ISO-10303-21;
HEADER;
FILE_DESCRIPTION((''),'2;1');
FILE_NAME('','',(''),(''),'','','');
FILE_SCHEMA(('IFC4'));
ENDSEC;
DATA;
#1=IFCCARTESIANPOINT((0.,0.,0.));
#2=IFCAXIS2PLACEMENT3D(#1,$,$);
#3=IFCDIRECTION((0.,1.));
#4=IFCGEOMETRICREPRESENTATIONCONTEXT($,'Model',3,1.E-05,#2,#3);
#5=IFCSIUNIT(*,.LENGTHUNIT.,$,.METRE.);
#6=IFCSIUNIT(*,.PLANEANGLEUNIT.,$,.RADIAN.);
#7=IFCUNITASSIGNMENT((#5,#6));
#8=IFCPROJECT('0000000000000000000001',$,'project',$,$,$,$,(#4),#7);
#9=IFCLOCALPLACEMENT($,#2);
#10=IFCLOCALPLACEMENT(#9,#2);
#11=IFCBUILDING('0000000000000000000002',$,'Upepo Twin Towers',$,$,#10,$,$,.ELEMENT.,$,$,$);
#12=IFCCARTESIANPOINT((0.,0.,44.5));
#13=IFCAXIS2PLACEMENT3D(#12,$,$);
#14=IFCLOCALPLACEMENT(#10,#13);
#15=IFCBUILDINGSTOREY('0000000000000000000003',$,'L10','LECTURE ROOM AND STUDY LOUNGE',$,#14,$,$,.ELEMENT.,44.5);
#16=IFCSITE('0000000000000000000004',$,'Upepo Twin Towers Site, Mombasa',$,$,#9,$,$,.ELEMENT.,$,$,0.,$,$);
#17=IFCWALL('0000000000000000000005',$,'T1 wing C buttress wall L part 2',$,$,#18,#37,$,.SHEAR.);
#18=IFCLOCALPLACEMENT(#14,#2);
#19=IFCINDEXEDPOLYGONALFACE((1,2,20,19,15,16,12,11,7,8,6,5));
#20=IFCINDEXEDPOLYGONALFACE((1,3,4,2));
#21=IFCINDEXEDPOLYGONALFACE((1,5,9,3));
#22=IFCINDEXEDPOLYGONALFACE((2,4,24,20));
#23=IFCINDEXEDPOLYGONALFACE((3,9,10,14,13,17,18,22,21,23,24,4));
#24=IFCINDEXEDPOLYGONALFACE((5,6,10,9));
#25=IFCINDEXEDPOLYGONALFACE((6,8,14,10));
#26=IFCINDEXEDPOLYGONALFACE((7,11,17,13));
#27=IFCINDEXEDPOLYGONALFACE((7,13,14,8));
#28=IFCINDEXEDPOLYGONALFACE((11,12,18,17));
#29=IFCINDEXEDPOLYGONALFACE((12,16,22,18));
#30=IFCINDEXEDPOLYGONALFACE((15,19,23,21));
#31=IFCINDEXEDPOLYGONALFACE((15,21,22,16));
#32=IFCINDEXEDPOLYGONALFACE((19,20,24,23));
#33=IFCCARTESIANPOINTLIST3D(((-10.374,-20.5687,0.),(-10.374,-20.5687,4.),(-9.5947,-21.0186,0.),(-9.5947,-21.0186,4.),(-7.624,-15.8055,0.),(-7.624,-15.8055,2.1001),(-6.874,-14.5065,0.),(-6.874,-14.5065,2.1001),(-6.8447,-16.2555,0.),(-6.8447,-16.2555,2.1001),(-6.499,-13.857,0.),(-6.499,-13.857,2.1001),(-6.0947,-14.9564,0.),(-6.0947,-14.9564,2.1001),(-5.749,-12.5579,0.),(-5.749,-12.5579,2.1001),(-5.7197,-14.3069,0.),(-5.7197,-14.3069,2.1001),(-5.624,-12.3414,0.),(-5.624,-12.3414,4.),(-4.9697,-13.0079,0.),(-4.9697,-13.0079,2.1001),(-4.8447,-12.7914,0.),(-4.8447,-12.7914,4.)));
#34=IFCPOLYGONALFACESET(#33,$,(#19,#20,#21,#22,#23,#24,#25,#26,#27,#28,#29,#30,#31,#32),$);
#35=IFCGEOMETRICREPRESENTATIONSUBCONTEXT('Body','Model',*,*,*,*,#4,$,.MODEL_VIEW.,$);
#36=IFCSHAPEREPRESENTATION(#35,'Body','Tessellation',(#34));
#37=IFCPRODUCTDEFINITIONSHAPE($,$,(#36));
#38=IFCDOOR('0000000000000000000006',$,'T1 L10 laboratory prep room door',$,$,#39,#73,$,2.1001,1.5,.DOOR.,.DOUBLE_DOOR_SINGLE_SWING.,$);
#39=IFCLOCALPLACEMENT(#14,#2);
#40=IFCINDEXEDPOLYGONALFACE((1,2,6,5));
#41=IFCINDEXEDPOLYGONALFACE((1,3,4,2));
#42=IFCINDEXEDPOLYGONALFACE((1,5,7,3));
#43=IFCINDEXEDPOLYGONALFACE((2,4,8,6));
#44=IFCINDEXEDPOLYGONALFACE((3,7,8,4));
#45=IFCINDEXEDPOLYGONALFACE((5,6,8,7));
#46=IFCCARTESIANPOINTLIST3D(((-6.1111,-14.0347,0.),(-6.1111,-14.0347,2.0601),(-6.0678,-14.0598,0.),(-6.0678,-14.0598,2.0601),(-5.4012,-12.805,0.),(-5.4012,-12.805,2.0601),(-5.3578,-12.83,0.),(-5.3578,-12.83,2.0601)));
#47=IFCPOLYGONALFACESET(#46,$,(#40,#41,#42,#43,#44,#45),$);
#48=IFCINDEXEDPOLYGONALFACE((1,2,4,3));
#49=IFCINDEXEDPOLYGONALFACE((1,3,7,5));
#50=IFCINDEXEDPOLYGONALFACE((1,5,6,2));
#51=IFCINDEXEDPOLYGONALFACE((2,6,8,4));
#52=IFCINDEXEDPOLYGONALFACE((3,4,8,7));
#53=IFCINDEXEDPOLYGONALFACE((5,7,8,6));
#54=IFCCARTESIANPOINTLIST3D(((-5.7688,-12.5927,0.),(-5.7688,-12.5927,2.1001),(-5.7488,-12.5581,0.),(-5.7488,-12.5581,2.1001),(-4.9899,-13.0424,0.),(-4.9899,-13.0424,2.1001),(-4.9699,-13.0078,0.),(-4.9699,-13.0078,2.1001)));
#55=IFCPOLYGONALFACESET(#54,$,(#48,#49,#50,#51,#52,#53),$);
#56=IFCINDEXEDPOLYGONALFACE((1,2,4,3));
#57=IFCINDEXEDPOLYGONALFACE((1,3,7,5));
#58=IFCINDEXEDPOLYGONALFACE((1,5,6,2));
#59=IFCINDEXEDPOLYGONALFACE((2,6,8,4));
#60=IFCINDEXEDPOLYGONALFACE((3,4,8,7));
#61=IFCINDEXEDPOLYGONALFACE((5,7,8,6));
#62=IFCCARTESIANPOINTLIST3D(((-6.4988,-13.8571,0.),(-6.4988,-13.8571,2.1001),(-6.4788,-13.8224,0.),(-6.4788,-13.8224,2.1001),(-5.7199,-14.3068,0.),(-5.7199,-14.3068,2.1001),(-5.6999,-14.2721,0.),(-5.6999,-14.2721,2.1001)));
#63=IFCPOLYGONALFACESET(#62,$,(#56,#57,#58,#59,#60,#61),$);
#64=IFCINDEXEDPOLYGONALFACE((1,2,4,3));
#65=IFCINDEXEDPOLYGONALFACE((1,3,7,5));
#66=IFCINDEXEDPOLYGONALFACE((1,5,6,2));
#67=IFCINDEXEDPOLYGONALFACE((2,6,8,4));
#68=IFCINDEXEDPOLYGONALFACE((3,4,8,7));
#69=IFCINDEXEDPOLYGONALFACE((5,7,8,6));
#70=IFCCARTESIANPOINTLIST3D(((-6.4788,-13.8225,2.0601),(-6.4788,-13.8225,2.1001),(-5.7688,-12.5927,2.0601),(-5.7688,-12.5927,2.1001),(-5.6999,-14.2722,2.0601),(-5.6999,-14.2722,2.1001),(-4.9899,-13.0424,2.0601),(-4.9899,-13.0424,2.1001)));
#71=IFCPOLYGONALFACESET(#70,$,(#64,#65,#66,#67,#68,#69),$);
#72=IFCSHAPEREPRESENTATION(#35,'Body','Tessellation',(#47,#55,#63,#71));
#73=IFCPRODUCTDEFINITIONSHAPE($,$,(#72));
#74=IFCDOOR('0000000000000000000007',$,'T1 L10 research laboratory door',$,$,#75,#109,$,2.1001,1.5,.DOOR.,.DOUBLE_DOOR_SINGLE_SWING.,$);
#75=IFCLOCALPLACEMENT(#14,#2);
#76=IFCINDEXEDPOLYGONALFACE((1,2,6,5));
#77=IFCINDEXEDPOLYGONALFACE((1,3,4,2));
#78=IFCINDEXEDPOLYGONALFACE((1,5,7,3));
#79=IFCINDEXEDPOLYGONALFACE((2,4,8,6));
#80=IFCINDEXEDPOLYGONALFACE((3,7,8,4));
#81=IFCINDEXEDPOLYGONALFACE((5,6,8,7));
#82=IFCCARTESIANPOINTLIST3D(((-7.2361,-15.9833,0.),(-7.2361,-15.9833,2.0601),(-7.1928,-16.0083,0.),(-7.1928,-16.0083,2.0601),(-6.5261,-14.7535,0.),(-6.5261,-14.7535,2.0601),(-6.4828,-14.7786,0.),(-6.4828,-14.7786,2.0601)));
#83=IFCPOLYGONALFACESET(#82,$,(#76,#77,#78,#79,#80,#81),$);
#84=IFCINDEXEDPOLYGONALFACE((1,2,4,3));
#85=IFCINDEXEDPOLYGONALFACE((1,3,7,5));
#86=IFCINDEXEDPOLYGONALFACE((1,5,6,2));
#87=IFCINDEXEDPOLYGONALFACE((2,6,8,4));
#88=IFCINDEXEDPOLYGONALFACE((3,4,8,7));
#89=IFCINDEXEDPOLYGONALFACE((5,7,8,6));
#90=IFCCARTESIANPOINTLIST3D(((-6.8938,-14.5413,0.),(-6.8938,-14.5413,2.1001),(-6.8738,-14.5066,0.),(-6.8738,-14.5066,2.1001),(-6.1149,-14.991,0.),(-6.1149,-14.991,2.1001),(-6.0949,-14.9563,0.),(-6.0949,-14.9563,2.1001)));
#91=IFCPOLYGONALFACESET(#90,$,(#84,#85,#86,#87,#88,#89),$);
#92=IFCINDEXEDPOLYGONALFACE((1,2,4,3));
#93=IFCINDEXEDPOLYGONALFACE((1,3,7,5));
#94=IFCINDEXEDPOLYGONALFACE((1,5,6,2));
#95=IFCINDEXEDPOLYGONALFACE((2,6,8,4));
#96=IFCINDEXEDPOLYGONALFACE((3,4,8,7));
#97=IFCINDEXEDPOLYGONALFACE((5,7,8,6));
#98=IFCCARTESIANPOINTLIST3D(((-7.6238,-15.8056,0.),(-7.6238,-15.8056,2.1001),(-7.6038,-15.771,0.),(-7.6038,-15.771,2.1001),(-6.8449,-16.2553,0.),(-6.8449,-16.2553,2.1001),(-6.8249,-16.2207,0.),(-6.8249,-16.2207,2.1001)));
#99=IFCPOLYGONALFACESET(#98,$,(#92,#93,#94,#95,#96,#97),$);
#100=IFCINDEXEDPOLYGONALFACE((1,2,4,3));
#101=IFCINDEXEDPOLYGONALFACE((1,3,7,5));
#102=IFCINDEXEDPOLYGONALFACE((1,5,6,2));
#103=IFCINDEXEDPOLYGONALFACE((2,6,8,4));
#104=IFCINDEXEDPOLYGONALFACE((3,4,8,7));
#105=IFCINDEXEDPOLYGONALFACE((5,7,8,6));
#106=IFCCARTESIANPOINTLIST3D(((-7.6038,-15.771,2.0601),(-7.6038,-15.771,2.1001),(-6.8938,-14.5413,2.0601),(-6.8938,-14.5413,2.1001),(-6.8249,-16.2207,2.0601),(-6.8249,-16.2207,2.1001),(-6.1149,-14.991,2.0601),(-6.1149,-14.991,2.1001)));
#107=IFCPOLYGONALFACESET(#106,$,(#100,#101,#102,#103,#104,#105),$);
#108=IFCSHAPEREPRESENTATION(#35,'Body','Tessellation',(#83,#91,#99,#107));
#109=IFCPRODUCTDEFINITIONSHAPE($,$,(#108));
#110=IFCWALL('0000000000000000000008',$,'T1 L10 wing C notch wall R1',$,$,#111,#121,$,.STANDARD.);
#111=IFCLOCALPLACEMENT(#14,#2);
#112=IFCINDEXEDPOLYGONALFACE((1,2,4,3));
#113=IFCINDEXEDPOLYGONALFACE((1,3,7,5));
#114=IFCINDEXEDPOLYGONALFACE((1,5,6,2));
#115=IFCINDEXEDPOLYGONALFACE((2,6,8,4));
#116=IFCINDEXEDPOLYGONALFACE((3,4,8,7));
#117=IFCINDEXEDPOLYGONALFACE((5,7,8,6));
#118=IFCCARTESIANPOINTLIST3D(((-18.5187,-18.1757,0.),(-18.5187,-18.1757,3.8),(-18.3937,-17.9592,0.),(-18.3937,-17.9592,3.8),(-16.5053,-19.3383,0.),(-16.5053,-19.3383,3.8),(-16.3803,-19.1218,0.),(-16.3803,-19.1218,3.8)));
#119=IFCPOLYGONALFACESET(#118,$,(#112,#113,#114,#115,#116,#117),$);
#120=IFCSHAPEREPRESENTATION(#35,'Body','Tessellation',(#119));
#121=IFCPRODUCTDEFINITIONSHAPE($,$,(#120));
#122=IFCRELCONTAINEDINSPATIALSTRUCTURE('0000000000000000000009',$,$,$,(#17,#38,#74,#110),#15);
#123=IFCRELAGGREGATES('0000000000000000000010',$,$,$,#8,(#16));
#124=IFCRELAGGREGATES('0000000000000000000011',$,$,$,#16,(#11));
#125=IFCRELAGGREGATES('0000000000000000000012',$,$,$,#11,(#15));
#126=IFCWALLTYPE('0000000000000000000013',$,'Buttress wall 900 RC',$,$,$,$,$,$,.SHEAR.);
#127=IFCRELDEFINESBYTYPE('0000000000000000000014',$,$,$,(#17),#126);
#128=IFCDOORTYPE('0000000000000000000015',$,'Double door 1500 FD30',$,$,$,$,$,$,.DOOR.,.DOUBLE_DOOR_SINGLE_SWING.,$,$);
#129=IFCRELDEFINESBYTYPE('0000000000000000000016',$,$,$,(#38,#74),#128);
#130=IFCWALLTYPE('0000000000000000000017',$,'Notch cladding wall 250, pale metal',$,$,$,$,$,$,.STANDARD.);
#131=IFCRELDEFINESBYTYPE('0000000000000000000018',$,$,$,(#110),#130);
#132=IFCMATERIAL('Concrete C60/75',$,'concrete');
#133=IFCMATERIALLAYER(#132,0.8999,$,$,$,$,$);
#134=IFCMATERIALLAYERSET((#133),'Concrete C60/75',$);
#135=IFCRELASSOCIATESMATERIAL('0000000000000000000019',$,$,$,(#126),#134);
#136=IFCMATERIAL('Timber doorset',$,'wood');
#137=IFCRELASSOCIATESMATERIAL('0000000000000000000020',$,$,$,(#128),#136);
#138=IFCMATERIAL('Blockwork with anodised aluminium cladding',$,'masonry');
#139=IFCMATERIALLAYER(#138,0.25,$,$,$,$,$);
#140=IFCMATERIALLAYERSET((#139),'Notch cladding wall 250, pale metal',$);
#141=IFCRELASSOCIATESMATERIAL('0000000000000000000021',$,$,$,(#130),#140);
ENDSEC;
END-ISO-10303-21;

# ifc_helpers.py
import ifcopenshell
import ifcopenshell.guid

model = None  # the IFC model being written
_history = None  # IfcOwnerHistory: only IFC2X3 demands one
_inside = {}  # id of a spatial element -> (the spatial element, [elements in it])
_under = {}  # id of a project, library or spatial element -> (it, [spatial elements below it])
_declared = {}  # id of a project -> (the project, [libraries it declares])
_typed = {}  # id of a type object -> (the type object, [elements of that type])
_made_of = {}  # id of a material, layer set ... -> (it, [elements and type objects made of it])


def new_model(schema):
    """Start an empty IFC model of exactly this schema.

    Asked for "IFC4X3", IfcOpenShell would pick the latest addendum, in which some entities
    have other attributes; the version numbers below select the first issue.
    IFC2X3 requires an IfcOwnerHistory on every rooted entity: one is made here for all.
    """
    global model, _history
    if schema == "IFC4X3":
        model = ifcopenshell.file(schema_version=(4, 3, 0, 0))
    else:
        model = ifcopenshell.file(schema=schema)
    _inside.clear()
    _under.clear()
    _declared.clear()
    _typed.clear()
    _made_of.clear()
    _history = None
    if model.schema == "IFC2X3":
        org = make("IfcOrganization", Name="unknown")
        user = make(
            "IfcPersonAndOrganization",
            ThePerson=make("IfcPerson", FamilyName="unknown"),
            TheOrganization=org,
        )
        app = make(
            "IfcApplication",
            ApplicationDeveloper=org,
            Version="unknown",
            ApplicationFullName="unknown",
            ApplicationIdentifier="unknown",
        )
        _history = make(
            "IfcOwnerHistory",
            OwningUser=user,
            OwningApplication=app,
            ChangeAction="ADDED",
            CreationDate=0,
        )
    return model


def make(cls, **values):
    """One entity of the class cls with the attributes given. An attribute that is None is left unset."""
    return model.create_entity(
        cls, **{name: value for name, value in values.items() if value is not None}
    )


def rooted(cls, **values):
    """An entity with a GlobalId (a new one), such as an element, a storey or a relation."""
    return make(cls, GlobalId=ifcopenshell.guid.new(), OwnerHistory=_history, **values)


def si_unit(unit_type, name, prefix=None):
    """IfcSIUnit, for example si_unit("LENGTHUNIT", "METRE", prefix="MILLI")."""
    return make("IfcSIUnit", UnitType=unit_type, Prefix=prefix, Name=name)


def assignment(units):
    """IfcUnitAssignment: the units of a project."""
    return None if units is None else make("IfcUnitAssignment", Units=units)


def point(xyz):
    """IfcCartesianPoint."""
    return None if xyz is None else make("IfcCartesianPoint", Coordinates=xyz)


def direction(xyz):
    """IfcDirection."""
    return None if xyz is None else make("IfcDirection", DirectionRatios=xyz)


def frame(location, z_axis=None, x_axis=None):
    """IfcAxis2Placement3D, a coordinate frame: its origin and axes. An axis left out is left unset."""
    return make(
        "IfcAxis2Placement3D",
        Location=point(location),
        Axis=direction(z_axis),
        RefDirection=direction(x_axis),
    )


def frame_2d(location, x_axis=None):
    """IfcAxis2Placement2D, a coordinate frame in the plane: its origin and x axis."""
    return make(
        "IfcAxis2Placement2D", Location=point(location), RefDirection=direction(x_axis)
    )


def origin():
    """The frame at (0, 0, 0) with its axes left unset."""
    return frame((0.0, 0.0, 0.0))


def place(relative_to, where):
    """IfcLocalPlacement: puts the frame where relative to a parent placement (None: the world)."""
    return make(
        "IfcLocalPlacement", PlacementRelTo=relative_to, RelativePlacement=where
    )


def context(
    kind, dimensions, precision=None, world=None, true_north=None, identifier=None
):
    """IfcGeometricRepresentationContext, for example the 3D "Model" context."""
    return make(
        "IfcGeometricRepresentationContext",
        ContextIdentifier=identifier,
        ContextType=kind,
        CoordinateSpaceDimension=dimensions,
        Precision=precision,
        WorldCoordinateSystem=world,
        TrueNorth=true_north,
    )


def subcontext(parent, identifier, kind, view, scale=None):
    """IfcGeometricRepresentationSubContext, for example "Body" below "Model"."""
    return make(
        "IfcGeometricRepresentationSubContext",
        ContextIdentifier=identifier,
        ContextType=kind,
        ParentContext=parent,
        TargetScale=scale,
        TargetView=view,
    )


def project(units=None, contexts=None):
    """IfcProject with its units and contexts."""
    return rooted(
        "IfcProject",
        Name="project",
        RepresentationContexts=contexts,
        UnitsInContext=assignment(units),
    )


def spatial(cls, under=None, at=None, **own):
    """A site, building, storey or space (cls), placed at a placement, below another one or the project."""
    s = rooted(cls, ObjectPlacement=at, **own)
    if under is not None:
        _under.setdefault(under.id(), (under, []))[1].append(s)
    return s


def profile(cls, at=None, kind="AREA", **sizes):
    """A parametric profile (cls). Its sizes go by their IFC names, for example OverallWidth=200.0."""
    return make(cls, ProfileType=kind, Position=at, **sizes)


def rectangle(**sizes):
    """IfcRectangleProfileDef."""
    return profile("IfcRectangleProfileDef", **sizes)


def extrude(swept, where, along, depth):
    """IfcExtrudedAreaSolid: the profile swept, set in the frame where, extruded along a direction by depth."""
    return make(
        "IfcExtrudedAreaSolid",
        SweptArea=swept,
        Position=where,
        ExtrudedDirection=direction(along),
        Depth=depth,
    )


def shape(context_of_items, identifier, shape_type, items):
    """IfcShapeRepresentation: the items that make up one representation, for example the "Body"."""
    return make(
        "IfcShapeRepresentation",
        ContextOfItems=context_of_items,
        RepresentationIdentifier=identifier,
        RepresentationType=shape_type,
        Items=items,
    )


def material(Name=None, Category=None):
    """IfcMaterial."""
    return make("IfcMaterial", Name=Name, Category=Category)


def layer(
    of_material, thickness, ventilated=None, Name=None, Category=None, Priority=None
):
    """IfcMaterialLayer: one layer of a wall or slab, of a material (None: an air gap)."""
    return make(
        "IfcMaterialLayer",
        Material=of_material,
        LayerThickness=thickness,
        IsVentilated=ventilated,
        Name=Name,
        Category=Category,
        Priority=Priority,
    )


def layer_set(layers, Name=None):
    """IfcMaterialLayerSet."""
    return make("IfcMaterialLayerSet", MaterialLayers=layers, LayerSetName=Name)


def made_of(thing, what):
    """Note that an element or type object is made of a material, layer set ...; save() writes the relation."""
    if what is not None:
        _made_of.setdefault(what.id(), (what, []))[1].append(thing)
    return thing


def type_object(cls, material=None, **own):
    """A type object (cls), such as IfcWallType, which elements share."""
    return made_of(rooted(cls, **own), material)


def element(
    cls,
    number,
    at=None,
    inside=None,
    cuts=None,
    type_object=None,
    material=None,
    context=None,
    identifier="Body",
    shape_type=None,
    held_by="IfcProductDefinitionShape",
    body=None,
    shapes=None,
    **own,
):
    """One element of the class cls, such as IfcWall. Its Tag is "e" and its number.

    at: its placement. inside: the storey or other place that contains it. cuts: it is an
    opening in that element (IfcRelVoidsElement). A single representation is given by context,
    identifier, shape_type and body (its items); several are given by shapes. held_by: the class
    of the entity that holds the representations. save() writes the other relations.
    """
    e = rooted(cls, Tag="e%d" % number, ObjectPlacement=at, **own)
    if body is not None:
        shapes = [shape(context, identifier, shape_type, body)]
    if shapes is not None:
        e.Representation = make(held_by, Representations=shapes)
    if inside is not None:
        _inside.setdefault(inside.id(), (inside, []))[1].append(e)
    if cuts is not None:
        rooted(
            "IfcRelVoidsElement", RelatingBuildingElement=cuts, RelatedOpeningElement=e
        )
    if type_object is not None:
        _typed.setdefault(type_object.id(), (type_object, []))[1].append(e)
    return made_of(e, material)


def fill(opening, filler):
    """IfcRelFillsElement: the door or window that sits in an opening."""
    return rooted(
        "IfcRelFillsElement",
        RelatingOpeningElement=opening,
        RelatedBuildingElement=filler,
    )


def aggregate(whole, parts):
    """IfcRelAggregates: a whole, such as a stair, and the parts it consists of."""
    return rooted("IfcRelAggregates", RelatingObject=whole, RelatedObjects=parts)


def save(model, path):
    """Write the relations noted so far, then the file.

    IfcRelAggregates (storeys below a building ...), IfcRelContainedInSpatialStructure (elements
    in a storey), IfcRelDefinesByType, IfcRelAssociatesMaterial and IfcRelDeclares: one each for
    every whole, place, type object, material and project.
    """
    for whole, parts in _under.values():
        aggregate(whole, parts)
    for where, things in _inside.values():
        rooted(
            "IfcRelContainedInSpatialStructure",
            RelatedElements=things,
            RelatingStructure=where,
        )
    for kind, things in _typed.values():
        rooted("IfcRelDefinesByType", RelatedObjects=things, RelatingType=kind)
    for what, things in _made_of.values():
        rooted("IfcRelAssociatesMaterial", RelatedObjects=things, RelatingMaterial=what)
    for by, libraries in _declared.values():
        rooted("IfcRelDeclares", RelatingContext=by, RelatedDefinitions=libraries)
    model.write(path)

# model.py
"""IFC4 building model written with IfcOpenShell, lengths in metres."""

from ifc_helpers import new_model, si_unit, direction, frame, frame_2d, origin, place, context, subcontext, project, spatial, rectangle, extrude, material, layer, layer_set, type_object, element, fill, save


model = new_model("IFC4")

# Units and contexts
model_context = context("Model", 3, precision=1e-05, world=origin(), true_north=direction((0.0, 1.0)))
body_context = subcontext(model_context, "Body", "Model", "MODEL_VIEW")
ifc_project = project(units=[si_unit("LENGTHUNIT", "METRE"), si_unit("PLANEANGLEUNIT", "RADIAN")], contexts=[model_context])

# Site, building, storey
site_placement = place(None, origin())
site = spatial("IfcSite", under=ifc_project, at=site_placement, Name="Upepo Twin Towers Site, Mombasa", CompositionType="ELEMENT", RefElevation=0.0)
building_placement = place(site_placement, origin())
building = spatial("IfcBuilding", under=site, at=building_placement, Name="Upepo Twin Towers", CompositionType="ELEMENT")
storey_placement = place(building_placement, frame((0.0, 0.0, 44.5)))
storey = spatial("IfcBuildingStorey", under=building, at=storey_placement, Name="L10", Description="LECTURE ROOM AND STUDY LOUNGE", CompositionType="ELEMENT", Elevation=44.5)

# Wall, openings, doors
ifc_material_1 = material(Name="Concrete C60/75", Category="concrete")
ifc_layer_1 = layer(ifc_material_1, 0.8999)
ifc_layer_set_1 = layer_set([ifc_layer_1], Name="Concrete C60/75")
wall_type_1 = type_object("IfcWallType", Name="Buttress wall 900 RC", PredefinedType="SHEAR", material=ifc_layer_set_1)
wall_1_placement = place(storey_placement, frame((-5.2344, -12.5664, 0.0), z_axis=(0.0, 0.0, 1.0), x_axis=(-0.499998, -0.866027, 0.0)))
wall_1 = element("IfcWall", 1, at=wall_1_placement, inside=storey, type_object=wall_type_1, Name="T1 wing C buttress wall L part 2", PredefinedType="SHEAR", context=body_context, shape_type="SweptSolid", body=[
    extrude(rectangle(XDim=9.5, YDim=0.8999, at=frame_2d((4.75, 0.0))), origin(), (0.0, 0.0, 1.0), 4.0),
])
opening_1_placement = place(wall_1_placement, frame((0.25, 0.0, 0.0)))
opening_1 = element("IfcOpeningElement", 2, at=opening_1_placement, cuts=wall_1, PredefinedType="OPENING", context=body_context, shape_type="SweptSolid", body=[
    extrude(rectangle(XDim=1.5, YDim=2.1001, at=frame_2d((0.75, 1.05))), frame((0.0, 0.46, 0.0), z_axis=(0.0, -1.0, 0.0), x_axis=(1.0, 0.0, 0.0)), (0.0, 0.0, 1.0), 0.9199),
])
opening_2_placement = place(wall_1_placement, frame((2.5, 0.0, 0.0)))
opening_2 = element("IfcOpeningElement", 3, at=opening_2_placement, cuts=wall_1, PredefinedType="OPENING", context=body_context, shape_type="SweptSolid", body=[
    extrude(rectangle(XDim=1.5, YDim=2.1001, at=frame_2d((0.75, 1.05))), frame((0.0, 0.46, 0.0), z_axis=(0.0, -1.0, 0.0), x_axis=(1.0, 0.0, 0.0)), (0.0, 0.0, 1.0), 0.9199),
])
ifc_material_2 = material(Name="Timber doorset", Category="wood")
door_type = type_object("IfcDoorType", Name="Double door 1500 FD30", OperationType="DOUBLE_DOOR_SINGLE_SWING", PredefinedType="DOOR", material=ifc_material_2)
door_1_placement = place(opening_1_placement, origin())
door_1 = element("IfcDoor", 4, at=door_1_placement, inside=storey, type_object=door_type, Name="T1 L10 laboratory prep room door", OperationType="DOUBLE_DOOR_SINGLE_SWING", OverallHeight=2.1001, OverallWidth=1.5, PredefinedType="DOOR", context=body_context, shape_type="SweptSolid", body=[
    extrude(rectangle(XDim=1.42, YDim=2.0601, at=frame_2d((0.75, 1.03))), frame((0.0, 0.0249, 0.0), z_axis=(0.0, -1.0, 0.0), x_axis=(1.0, 0.0, 0.0)), (0.0, 0.0, 1.0), 0.05),
    extrude(rectangle(XDim=0.04, YDim=2.1001, at=frame_2d((0.02, 1.05))), frame((0.0, 0.4497, 0.0), z_axis=(0.0, -1.0, 0.0), x_axis=(1.0, 0.0, 0.0)), (0.0, 0.0, 1.0), 0.8994),
    extrude(rectangle(XDim=0.04, YDim=2.1001, at=frame_2d((1.48, 1.05))), frame((0.0, 0.4497, 0.0), z_axis=(0.0, -1.0, 0.0), x_axis=(1.0, 0.0, 0.0)), (0.0, 0.0, 1.0), 0.8994),
    extrude(rectangle(XDim=1.42, YDim=0.04, at=frame_2d((0.75, 2.0801))), frame((0.0, 0.4497, 0.0), z_axis=(0.0, -1.0, 0.0), x_axis=(1.0, 0.0, 0.0)), (0.0, 0.0, 1.0), 0.8994),
])
fill(opening_1, door_1)
door_2_placement = place(opening_2_placement, origin())
door_2 = element("IfcDoor", 5, at=door_2_placement, inside=storey, type_object=door_type, Name="T1 L10 research laboratory door", OperationType="DOUBLE_DOOR_SINGLE_SWING", OverallHeight=2.1001, OverallWidth=1.5, PredefinedType="DOOR", context=body_context, shape_type="SweptSolid", body=[
    extrude(rectangle(XDim=1.42, YDim=2.0601, at=frame_2d((0.75, 1.03))), frame((0.0, 0.0249, 0.0), z_axis=(0.0, -1.0, 0.0), x_axis=(1.0, 0.0, 0.0)), (0.0, 0.0, 1.0), 0.05),
    extrude(rectangle(XDim=0.04, YDim=2.1001, at=frame_2d((0.02, 1.05))), frame((0.0, 0.4497, 0.0), z_axis=(0.0, -1.0, 0.0), x_axis=(1.0, 0.0, 0.0)), (0.0, 0.0, 1.0), 0.8994),
    extrude(rectangle(XDim=0.04, YDim=2.1001, at=frame_2d((1.48, 1.05))), frame((0.0, 0.4497, 0.0), z_axis=(0.0, -1.0, 0.0), x_axis=(1.0, 0.0, 0.0)), (0.0, 0.0, 1.0), 0.8994),
    extrude(rectangle(XDim=1.42, YDim=0.04, at=frame_2d((0.75, 2.0801))), frame((0.0, 0.4497, 0.0), z_axis=(0.0, -1.0, 0.0), x_axis=(1.0, 0.0, 0.0)), (0.0, 0.0, 1.0), 0.8994),
])
fill(opening_2, door_2)

# Wall
ifc_material_3 = material(Name="Blockwork with anodised aluminium cladding", Category="masonry")
ifc_layer_2 = layer(ifc_material_3, 0.25)
ifc_layer_set_2 = layer_set([ifc_layer_2], Name="Notch cladding wall 250, pale metal")
wall_type_2 = type_object("IfcWallType", Name="Notch cladding wall 250, pale metal", PredefinedType="STANDARD", material=ifc_layer_set_2)
wall_2_placement = place(storey_placement, frame((-18.4563, -18.0674, 0.0), z_axis=(0.0, 0.0, 1.0), x_axis=(0.865998, -0.500047, 0.0)))
element("IfcWall", 6, at=wall_2_placement, inside=storey, type_object=wall_type_2, Name="T1 L10 wing C notch wall R1", PredefinedType="STANDARD", context=body_context, shape_type="SweptSolid", body=[
    extrude(rectangle(XDim=2.325, YDim=0.25, at=frame_2d((1.1626, 0.0))), origin(), (0.0, 0.0, 1.0), 3.8),
])

save(model, "model.ifc")
